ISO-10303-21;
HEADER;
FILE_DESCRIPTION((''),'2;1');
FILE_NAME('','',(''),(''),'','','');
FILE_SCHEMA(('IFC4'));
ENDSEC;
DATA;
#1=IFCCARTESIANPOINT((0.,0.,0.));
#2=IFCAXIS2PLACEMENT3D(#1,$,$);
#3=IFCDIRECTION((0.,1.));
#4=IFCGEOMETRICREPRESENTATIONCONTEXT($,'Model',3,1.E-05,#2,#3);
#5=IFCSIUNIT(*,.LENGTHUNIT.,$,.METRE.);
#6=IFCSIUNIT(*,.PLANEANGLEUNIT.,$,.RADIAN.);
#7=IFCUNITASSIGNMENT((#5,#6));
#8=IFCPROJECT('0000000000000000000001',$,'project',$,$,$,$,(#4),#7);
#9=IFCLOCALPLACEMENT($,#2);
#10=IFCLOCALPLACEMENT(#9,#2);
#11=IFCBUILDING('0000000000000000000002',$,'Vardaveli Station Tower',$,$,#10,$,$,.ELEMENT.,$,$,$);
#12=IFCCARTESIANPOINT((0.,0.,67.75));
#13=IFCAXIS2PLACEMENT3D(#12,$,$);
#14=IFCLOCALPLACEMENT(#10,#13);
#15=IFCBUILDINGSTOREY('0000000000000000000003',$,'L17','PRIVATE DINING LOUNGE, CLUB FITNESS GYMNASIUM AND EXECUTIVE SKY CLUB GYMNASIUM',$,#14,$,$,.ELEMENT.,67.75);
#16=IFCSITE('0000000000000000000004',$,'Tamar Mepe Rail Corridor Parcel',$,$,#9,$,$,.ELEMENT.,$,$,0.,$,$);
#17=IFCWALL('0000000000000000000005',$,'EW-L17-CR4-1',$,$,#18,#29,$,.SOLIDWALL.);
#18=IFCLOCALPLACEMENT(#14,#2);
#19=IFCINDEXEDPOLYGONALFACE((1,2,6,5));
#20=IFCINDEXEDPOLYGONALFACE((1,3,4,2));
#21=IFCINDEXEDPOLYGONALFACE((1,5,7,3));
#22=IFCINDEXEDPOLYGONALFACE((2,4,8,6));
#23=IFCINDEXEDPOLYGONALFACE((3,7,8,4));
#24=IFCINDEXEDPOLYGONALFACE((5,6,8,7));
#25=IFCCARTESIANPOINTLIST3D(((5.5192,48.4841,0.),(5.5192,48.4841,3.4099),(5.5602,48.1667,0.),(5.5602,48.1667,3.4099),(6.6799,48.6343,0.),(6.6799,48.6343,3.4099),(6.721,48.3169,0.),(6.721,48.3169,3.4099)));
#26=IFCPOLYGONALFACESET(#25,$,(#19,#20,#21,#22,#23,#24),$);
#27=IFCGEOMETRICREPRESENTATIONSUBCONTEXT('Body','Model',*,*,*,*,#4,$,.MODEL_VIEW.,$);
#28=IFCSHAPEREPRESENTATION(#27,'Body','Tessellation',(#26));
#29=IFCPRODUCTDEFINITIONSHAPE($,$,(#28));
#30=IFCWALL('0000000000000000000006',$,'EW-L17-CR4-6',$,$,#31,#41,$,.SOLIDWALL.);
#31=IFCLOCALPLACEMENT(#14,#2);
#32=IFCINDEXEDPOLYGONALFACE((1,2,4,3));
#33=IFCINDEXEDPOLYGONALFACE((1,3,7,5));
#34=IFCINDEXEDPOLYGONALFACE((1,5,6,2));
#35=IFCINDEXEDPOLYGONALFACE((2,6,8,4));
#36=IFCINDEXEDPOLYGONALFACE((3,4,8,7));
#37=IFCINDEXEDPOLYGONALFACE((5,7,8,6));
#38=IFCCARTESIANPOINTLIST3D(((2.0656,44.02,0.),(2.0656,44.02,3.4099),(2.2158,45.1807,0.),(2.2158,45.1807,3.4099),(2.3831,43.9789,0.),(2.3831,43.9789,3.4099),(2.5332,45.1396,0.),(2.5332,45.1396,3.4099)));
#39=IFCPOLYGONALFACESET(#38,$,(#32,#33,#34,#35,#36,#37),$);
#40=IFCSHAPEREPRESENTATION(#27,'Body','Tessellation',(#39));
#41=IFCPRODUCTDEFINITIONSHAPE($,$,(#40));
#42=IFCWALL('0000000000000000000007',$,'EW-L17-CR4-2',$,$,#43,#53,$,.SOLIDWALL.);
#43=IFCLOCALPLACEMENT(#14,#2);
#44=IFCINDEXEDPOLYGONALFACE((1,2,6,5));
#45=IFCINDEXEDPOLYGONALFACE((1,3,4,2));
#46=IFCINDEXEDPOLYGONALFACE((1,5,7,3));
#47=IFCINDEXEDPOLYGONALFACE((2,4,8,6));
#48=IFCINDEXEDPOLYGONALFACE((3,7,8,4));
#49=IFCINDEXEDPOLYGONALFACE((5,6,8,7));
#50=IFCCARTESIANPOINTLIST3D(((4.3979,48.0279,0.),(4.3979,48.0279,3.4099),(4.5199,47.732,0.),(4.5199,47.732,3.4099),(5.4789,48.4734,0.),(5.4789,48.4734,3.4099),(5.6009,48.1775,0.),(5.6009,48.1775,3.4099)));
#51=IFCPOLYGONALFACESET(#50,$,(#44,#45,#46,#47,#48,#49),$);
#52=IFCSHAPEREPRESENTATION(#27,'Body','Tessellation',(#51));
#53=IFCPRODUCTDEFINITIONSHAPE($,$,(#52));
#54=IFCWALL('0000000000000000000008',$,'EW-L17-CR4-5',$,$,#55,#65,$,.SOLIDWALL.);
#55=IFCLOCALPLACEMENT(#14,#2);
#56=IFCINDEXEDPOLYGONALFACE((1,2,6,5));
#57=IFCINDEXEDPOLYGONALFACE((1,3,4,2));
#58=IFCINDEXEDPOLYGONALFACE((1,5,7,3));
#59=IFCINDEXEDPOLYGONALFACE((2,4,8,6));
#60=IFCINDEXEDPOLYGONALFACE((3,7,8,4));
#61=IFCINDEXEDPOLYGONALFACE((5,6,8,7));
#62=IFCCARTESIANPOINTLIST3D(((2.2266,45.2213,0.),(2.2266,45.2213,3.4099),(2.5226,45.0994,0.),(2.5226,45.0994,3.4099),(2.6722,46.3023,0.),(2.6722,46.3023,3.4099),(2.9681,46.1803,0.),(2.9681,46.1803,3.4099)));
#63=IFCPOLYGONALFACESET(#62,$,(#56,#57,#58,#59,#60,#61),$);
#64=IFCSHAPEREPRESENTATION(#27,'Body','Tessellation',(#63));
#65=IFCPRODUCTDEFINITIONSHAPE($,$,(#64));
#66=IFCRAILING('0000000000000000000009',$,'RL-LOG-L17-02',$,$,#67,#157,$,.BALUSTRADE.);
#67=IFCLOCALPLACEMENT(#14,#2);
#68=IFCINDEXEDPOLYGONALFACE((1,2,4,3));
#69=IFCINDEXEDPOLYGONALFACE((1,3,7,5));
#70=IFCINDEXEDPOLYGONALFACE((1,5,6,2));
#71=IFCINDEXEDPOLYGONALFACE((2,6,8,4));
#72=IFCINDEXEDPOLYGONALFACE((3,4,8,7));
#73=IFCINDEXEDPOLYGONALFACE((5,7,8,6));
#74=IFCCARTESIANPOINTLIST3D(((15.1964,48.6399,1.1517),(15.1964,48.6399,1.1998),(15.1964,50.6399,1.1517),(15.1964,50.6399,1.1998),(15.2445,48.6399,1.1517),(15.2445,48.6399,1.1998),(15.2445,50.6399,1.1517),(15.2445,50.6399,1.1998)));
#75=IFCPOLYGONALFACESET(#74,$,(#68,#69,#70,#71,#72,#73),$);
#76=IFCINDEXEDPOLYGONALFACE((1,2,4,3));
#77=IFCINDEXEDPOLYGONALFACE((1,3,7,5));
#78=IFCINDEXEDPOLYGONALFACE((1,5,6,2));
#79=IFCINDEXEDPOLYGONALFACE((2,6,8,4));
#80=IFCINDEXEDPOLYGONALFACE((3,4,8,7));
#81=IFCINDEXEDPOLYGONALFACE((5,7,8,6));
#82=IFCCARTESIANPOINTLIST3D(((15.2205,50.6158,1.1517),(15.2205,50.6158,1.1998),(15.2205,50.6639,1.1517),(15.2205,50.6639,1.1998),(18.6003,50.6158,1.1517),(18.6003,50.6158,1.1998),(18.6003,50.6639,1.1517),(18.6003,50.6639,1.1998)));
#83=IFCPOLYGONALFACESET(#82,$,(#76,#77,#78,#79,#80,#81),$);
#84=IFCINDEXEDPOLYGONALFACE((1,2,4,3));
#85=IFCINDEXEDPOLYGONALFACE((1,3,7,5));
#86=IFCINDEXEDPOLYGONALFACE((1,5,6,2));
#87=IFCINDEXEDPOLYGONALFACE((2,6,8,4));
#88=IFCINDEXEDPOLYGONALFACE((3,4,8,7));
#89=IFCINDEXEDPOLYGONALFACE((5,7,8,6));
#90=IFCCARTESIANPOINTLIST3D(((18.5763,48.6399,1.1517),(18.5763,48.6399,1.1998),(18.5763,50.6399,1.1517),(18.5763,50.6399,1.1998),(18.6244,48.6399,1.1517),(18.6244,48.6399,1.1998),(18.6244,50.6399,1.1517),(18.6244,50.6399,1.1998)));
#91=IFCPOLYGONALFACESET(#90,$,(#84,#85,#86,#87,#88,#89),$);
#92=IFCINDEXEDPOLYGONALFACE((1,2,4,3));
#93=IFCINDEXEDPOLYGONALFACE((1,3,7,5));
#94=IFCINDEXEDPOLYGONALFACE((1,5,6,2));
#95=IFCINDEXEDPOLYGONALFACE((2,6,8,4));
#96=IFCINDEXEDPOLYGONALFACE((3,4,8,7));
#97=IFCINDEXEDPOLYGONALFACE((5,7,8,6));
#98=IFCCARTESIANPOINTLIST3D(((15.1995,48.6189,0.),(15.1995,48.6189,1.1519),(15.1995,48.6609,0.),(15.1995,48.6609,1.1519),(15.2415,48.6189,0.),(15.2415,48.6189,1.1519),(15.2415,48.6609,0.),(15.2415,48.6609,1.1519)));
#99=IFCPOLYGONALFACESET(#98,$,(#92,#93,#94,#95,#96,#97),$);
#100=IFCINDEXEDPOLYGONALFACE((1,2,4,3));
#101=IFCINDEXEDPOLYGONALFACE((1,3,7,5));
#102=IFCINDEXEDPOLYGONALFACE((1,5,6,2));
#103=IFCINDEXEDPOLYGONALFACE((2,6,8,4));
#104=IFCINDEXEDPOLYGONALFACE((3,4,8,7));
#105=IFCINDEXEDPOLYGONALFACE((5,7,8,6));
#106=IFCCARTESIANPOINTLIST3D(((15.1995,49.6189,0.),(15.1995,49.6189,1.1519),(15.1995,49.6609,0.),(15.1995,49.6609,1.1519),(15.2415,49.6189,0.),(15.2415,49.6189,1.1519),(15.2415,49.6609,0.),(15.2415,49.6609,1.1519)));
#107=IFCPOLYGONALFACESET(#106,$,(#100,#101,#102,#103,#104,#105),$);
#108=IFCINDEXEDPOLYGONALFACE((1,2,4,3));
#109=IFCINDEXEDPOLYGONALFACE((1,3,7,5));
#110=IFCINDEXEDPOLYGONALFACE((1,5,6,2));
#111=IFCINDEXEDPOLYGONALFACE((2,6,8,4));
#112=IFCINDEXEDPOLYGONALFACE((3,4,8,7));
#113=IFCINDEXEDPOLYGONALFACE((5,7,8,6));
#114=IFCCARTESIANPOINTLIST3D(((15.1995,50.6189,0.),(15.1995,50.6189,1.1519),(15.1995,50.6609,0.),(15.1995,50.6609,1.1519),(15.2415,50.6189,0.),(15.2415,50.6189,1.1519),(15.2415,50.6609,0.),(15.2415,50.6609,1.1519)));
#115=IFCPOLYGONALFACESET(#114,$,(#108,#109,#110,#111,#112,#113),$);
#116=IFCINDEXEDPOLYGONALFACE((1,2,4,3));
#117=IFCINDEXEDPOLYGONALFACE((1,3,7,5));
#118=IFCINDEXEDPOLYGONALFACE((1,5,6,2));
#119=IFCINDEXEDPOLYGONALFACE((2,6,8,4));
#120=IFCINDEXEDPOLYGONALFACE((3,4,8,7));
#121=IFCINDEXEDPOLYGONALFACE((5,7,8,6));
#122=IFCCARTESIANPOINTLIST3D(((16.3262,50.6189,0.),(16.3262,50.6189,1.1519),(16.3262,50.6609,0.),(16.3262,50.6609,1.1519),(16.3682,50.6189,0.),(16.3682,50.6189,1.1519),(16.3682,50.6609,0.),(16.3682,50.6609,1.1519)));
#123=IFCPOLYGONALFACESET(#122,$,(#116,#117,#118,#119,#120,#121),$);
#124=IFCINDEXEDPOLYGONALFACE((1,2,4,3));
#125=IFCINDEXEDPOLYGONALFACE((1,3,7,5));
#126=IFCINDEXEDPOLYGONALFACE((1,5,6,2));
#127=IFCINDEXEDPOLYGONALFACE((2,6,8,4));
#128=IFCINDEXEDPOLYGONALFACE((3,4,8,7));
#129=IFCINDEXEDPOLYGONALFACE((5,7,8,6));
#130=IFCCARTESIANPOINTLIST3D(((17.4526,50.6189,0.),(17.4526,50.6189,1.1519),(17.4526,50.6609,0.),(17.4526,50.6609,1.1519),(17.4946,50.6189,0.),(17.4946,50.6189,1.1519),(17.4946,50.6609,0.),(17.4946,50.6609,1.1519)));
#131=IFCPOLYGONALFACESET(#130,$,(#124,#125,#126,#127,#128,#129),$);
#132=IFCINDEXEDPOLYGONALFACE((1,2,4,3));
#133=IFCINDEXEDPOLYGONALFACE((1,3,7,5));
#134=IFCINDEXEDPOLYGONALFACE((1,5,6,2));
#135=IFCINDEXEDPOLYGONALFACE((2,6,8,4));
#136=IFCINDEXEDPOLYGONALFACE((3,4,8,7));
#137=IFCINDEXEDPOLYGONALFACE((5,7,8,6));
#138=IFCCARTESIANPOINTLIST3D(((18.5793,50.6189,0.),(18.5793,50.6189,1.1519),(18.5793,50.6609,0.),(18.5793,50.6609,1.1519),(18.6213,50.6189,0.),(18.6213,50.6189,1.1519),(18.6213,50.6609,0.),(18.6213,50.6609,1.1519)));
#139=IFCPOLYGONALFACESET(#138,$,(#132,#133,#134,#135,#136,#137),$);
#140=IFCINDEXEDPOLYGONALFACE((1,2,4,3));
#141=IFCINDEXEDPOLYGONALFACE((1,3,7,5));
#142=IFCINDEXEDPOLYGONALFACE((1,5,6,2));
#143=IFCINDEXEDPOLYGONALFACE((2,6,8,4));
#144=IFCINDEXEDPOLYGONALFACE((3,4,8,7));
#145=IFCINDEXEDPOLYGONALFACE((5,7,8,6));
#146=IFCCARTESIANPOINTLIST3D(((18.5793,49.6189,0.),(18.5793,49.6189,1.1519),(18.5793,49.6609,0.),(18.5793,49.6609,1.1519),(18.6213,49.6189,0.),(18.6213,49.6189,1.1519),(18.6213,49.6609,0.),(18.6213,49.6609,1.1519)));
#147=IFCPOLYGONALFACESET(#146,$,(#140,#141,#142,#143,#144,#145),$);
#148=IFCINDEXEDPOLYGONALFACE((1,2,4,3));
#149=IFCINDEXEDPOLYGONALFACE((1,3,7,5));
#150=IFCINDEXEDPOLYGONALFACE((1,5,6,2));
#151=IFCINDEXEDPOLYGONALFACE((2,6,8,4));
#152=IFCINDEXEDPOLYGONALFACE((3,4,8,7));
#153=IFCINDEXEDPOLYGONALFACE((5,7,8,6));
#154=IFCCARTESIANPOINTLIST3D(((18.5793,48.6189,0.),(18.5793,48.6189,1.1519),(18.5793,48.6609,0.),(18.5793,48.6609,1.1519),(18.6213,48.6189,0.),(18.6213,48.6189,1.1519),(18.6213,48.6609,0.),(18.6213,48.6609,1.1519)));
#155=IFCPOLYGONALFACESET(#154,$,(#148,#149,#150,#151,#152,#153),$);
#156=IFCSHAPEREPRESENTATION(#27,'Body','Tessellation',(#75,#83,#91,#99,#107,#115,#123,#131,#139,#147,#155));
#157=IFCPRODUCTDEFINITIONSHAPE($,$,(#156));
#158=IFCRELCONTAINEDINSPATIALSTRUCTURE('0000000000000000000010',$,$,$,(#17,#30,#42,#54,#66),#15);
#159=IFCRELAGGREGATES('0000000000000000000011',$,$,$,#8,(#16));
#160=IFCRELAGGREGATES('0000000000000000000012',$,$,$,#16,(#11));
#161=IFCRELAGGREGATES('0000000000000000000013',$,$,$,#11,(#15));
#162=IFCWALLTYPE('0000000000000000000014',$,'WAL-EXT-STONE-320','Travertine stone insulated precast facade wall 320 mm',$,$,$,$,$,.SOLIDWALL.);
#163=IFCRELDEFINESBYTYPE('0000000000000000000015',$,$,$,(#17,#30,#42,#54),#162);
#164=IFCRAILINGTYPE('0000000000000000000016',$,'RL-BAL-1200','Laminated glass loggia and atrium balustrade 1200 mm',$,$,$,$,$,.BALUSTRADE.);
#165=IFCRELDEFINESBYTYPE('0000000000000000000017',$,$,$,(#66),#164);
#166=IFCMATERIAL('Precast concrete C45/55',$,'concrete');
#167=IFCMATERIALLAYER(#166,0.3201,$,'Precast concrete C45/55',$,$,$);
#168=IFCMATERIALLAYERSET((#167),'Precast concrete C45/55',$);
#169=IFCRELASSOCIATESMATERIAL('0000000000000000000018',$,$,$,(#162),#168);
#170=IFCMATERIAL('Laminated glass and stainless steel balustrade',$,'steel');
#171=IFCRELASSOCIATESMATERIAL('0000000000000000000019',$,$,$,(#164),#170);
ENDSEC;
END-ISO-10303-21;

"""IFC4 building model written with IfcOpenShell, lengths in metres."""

from ifc_helpers import new_model, si_unit, direction, frame, frame_2d, origin, origin_2d, place, context, subcontext, project, spatial, rectangle, extrude, source, transform, mapped, material, layer, layer_set, type_object, element, save


model = new_model("IFC4")

# Units and contexts
model_context = context("Model", 3, precision=1e-05, world=origin(), true_north=direction((0.0, 1.0)))
body_context = subcontext(model_context, "Body", "Model", "MODEL_VIEW")
ifc_project = project(units=[si_unit("LENGTHUNIT", "METRE"), si_unit("PLANEANGLEUNIT", "RADIAN")], contexts=[model_context])

# Site, building, storey
site_placement = place(None, origin())
site = spatial("IfcSite", under=ifc_project, at=site_placement, Name="Tamar Mepe Rail Corridor Parcel", CompositionType="ELEMENT", RefElevation=0.0)
building_placement = place(site_placement, origin())
building = spatial("IfcBuilding", under=site, at=building_placement, Name="Vardaveli Station Tower", CompositionType="ELEMENT")
storey_placement = place(building_placement, frame((0.0, 0.0, 67.75)))
storey = spatial("IfcBuildingStorey", under=building, at=storey_placement, Name="L17", Description="PRIVATE DINING LOUNGE, CLUB FITNESS GYMNASIUM AND EXECUTIVE SKY CLUB GYMNASIUM", CompositionType="ELEMENT", Elevation=67.75)

# Shared definitions
ifc_material_1 = material(Name="Precast concrete C45/55", Category="concrete")

# Shared definitions
ifc_layer = layer(ifc_material_1, 0.3201, Name="Precast concrete C45/55")
ifc_layer_set = layer_set([ifc_layer], Name="Precast concrete C45/55")
wall_type = type_object("IfcWallType", Name="WAL-EXT-STONE-320", Description="Travertine stone insulated precast facade wall 320 mm", PredefinedType="SOLIDWALL", material=ifc_layer_set)

# Walls
shared_shape_1 = source(origin(), body_context, "Body", "SweptSolid", [
    extrude(rectangle(XDim=1.1704, YDim=0.3201, at=frame_2d((0.5852, 0.0))), origin(), (0.0, 0.0, 1.0), 3.4099),
])
for number, where, z_axis, x_axis, name in (
    (1, (6.7004, 48.4756, 0.0), (0.0, 0.0, 1.0), (-0.991736, -0.128296, 0.0), "EW-L17-CR4-1"),
    (2, (2.3745, 45.1602, 0.0), (0.0, 0.0, 1.0), (-0.128296, -0.991736, 0.0), "EW-L17-CR4-6"),
):
    element("IfcWall", number, at=place(storey_placement, frame(where, z_axis=z_axis, x_axis=x_axis)), inside=storey, type_object=wall_type, Name=name, PredefinedType="SOLIDWALL", context=body_context, shape_type="MappedRepresentation", body=[
        mapped(shared_shape_1, transform((0.0, 0.0, 0.0), scale=1.0)),
    ])
shared_shape_2 = source(origin(), body_context, "Body", "SweptSolid", [
    extrude(rectangle(XDim=1.1692, YDim=0.3201, at=frame_2d((0.5845, 0.0))), origin(), (0.0, 0.0, 1.0), 3.4099),
])
for number, where, z_axis, x_axis, name in (
    (3, (5.5398, 48.3254, 0.0), (0.0, 0.0, 1.0), (-0.924553, -0.381054, 0.0), "EW-L17-CR4-2"),
    (4, (2.8201, 46.2412, 0.0), (0.0, 0.0, 1.0), (-0.381054, -0.924553, 0.0), "EW-L17-CR4-5"),
):
    element("IfcWall", number, at=place(storey_placement, frame(where, z_axis=z_axis, x_axis=x_axis)), inside=storey, type_object=wall_type, Name=name, PredefinedType="SOLIDWALL", context=body_context, shape_type="MappedRepresentation", body=[
        mapped(shared_shape_2, transform((0.0, 0.0, 0.0), scale=1.0)),
    ])

# Railing
ifc_material_2 = material(Name="Laminated glass and stainless steel balustrade", Category="steel")
railing_type = type_object("IfcRailingType", Name="RL-BAL-1200", Description="Laminated glass loggia and atrium balustrade 1200 mm", PredefinedType="BALUSTRADE", material=ifc_material_2)
shared_shape_3 = source(origin(), body_context, "Body", "SweptSolid", [
    extrude(rectangle(XDim=0.0481, YDim=0.0481, at=origin_2d()), frame((0.0, 0.0, 1.1758), z_axis=(0.0, 1.0, 0.0), x_axis=(-1.0, 0.0, 0.0)), (0.0, 0.0, 1.0), 2.0),
    extrude(rectangle(XDim=0.0481, YDim=0.0481, at=origin_2d()), frame((0.0, 2.0, 1.1758), z_axis=(1.0, 0.0, 0.0), x_axis=(0.0, 1.0, 0.0)), (0.0, 0.0, 1.0), 3.3799),
    extrude(rectangle(XDim=0.0481, YDim=0.0481, at=origin_2d()), frame((3.3799, 2.0, 1.1758), z_axis=(0.0, -1.0, 0.0), x_axis=(1.0, 0.0, 0.0)), (0.0, 0.0, 1.0), 2.0),
    extrude(rectangle(XDim=0.042, YDim=0.042, at=origin_2d()), origin(), (0.0, 0.0, 1.0), 1.1519),
    extrude(rectangle(XDim=0.042, YDim=0.042, at=origin_2d()), frame((0.0, 1.0, 0.0)), (0.0, 0.0, 1.0), 1.1519),
    extrude(rectangle(XDim=0.042, YDim=0.042, at=origin_2d()), frame((0.0, 2.0, 0.0)), (0.0, 0.0, 1.0), 1.1519),
    extrude(rectangle(XDim=0.042, YDim=0.042, at=origin_2d()), frame((1.1267, 2.0, 0.0)), (0.0, 0.0, 1.0), 1.1519),
    extrude(rectangle(XDim=0.042, YDim=0.042, at=origin_2d()), frame((2.2532, 2.0, 0.0)), (0.0, 0.0, 1.0), 1.1519),
    extrude(rectangle(XDim=0.042, YDim=0.042, at=origin_2d()), frame((3.3799, 2.0, 0.0)), (0.0, 0.0, 1.0), 1.1519),
    extrude(rectangle(XDim=0.042, YDim=0.042, at=origin_2d()), frame((3.3799, 1.0, 0.0)), (0.0, 0.0, 1.0), 1.1519),
    extrude(rectangle(XDim=0.042, YDim=0.042, at=origin_2d()), frame((3.3799, 0.0, 0.0)), (0.0, 0.0, 1.0), 1.1519),
])
railing_placement = place(storey_placement, frame((15.2205, 48.6399, 0.0)))
element("IfcRailing", 5, at=railing_placement, inside=storey, type_object=railing_type, Name="RL-LOG-L17-02", PredefinedType="BALUSTRADE", context=body_context, shape_type="MappedRepresentation", body=[
    mapped(shared_shape_3, transform((0.0, 0.0, 0.0), scale=1.0)),
])

save(model, "model.ifc")
